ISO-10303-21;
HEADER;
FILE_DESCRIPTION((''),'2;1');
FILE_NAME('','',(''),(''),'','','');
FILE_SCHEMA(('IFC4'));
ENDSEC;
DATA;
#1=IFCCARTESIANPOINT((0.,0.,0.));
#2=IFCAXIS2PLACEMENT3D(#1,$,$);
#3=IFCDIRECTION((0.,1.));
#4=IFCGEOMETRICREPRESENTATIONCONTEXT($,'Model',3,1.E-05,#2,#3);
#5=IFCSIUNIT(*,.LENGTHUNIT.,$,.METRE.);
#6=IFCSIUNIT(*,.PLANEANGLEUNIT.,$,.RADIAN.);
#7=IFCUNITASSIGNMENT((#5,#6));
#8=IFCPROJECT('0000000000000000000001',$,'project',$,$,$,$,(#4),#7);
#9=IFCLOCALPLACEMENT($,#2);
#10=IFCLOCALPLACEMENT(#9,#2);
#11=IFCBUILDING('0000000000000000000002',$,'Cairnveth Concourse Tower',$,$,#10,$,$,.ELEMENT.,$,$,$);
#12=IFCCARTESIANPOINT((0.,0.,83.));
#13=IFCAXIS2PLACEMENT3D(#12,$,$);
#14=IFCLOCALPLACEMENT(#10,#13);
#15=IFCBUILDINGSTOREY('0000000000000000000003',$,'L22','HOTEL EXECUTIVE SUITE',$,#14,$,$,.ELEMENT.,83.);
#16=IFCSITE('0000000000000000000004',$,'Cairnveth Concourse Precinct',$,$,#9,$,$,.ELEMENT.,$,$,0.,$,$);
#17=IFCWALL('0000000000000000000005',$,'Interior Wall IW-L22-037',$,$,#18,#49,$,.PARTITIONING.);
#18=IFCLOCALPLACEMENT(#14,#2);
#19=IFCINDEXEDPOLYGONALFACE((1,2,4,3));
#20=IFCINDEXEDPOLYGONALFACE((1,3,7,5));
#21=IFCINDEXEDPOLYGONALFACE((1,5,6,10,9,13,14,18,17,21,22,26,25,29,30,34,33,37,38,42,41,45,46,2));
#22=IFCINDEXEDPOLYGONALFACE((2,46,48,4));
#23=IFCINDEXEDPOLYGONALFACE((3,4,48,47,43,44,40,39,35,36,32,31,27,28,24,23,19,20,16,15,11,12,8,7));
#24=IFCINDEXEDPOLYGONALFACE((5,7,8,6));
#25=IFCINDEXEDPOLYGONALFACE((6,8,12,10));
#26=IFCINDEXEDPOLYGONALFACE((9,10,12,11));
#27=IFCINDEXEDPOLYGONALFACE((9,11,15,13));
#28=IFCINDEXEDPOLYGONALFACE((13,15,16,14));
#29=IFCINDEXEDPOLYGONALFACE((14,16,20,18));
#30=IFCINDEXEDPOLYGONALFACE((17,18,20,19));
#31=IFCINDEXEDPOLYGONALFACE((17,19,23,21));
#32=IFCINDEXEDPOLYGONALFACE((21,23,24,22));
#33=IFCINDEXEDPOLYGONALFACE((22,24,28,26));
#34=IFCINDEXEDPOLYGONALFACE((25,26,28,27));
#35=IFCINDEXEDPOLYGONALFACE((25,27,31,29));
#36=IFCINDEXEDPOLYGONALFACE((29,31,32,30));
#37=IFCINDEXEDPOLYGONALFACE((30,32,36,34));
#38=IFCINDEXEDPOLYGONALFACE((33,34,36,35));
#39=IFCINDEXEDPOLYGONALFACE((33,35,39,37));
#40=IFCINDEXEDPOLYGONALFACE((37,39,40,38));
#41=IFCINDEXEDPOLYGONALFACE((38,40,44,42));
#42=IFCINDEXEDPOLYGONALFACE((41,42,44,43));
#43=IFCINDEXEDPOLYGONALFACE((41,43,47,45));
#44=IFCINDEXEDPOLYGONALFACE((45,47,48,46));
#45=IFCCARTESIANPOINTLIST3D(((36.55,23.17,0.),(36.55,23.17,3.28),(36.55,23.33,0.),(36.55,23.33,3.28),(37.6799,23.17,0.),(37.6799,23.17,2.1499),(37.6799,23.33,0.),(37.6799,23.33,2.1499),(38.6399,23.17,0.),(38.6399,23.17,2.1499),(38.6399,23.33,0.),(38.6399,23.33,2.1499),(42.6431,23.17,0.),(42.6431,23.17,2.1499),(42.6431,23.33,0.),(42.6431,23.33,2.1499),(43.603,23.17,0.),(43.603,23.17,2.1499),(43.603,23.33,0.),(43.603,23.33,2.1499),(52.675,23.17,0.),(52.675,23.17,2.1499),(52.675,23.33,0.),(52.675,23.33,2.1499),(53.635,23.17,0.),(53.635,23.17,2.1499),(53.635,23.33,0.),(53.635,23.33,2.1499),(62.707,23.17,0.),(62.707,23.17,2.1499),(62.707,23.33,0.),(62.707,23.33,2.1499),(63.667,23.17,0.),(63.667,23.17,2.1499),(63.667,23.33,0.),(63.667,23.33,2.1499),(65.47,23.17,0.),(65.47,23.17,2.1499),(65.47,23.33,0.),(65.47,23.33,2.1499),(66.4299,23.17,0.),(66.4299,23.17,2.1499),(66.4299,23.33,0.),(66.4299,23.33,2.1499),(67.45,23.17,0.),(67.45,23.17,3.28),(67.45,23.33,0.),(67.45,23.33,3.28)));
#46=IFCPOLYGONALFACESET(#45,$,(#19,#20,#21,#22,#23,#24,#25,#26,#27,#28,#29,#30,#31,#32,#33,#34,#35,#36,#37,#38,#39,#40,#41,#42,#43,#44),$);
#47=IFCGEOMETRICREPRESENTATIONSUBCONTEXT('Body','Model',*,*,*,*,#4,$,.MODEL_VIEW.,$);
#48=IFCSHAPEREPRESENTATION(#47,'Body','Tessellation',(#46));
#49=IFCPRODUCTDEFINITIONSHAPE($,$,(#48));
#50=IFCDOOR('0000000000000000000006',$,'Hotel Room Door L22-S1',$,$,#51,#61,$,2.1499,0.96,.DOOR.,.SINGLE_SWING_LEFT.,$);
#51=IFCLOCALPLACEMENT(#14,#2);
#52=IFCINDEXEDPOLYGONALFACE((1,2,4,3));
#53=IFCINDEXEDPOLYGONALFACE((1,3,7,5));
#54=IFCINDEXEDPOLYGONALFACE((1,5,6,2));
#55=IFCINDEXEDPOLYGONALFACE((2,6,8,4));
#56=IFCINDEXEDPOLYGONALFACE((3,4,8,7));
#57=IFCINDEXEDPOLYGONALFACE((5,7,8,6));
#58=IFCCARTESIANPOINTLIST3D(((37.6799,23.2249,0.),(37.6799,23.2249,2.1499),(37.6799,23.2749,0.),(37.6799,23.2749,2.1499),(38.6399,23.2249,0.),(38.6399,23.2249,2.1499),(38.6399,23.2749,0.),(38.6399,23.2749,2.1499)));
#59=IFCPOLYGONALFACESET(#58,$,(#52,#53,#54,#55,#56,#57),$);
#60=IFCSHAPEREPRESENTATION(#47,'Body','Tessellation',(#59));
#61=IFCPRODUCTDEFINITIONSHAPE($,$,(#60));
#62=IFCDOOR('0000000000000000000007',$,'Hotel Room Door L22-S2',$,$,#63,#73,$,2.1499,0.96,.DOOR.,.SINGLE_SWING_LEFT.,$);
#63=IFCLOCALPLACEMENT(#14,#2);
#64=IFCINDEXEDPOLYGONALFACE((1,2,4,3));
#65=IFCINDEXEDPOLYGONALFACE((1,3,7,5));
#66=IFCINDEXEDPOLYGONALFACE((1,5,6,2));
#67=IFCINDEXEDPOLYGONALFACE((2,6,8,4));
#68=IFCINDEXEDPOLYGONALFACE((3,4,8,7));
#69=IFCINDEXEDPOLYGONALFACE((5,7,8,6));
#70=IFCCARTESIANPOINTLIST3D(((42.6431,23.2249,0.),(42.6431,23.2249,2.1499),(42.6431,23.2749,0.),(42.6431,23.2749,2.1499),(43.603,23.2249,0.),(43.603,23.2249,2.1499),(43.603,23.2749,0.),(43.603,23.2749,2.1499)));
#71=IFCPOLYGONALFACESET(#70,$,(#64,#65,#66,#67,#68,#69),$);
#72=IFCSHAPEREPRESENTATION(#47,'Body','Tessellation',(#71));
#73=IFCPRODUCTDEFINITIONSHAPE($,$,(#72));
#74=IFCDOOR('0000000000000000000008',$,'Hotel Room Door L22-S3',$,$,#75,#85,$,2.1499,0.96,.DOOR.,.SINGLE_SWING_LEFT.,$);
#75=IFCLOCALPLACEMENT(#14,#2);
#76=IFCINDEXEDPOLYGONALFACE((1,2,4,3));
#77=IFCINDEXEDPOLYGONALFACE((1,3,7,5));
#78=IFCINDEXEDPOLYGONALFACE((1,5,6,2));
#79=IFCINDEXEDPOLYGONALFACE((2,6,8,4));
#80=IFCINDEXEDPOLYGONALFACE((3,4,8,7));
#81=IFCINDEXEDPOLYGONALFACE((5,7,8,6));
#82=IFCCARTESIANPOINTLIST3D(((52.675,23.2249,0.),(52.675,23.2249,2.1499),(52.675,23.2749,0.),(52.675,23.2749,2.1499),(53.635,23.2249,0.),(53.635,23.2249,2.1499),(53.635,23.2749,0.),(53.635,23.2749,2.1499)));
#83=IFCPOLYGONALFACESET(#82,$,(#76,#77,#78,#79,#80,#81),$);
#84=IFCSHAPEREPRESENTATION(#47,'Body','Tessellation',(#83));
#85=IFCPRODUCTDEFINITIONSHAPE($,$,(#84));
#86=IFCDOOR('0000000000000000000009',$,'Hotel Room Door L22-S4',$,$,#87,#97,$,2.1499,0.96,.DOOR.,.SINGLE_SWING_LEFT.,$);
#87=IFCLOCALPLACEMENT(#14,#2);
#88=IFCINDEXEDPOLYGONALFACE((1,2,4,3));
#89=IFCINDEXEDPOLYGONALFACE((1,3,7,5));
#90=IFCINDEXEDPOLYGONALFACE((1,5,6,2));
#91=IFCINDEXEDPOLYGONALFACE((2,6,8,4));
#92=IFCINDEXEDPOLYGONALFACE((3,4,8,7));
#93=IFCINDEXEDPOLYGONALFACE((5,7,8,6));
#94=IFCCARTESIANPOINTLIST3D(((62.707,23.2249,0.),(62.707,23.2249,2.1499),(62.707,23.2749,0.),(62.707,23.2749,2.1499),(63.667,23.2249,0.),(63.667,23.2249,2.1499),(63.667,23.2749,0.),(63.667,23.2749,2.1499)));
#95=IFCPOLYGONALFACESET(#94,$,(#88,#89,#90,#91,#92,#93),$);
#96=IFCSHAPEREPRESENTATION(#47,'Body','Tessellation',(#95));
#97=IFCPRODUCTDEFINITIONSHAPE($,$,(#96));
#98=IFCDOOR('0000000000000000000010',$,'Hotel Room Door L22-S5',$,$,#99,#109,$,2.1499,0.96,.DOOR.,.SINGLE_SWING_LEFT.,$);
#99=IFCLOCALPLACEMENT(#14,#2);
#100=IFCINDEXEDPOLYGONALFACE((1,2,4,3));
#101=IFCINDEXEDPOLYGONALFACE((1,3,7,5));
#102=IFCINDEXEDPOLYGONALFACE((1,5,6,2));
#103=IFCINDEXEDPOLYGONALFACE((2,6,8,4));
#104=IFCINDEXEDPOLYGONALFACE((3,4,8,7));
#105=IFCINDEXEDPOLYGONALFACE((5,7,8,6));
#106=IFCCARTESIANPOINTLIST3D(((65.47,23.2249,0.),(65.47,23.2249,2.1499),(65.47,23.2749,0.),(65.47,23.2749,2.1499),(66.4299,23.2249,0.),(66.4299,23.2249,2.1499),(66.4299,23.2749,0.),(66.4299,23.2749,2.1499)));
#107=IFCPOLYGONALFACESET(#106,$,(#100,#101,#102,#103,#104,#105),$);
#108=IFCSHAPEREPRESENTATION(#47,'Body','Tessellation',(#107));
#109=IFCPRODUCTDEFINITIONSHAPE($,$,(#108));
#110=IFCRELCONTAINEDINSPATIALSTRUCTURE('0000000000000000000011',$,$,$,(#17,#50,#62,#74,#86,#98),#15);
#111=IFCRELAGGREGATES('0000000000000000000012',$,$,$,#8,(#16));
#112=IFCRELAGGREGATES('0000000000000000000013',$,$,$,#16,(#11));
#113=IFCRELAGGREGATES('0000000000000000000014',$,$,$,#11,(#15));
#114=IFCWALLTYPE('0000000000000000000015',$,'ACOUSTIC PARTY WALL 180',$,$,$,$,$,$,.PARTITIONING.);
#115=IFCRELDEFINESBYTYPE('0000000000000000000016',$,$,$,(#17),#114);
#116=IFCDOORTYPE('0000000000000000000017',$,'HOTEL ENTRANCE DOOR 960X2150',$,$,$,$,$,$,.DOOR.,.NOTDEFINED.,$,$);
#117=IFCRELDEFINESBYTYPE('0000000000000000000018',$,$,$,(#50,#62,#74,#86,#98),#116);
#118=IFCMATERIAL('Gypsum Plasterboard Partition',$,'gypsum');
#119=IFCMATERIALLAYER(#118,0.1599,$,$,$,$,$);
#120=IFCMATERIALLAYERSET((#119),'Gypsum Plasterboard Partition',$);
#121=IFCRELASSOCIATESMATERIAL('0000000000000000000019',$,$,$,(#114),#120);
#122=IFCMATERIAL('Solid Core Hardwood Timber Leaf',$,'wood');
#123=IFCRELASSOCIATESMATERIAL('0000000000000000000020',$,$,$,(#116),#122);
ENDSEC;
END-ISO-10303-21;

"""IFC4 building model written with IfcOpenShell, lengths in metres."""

from ifc_helpers import new_model, si_unit, direction, frame, frame_2d, origin, place, context, subcontext, project, spatial, rectangle, extrude, material, layer, layer_set, type_object, element, fill, save


model = new_model("IFC4")

# Units and contexts
model_context = context("Model", 3, precision=1e-05, world=origin(), true_north=direction((0.0, 1.0)))
body_context = subcontext(model_context, "Body", "Model", "MODEL_VIEW")
ifc_project = project(units=[si_unit("LENGTHUNIT", "METRE"), si_unit("PLANEANGLEUNIT", "RADIAN")], contexts=[model_context])

# Site, building, storey
site_placement = place(None, origin())
site = spatial("IfcSite", under=ifc_project, at=site_placement, Name="Cairnveth Concourse Precinct", CompositionType="ELEMENT", RefElevation=0.0)
building_placement = place(site_placement, origin())
building = spatial("IfcBuilding", under=site, at=building_placement, Name="Cairnveth Concourse Tower", CompositionType="ELEMENT")
storey_placement = place(building_placement, frame((0.0, 0.0, 83.0)))
storey = spatial("IfcBuildingStorey", under=building, at=storey_placement, Name="L22", Description="HOTEL EXECUTIVE SUITE", CompositionType="ELEMENT", Elevation=83.0)

# Wall, openings, doors
ifc_material_1 = material(Name="Gypsum Plasterboard Partition", Category="gypsum")
ifc_layer_1 = layer(ifc_material_1, 0.1599)
ifc_layer_set_1 = layer_set([ifc_layer_1], Name="Gypsum Plasterboard Partition")
wall_type_1 = type_object("IfcWallType", Name="ACOUSTIC PARTY WALL 180", PredefinedType="PARTITIONING", material=ifc_layer_set_1)
wall_1_placement = place(storey_placement, frame((36.55, 23.25, 0.0), z_axis=(0.0, 0.0, 1.0), x_axis=(1.0, 0.0, 0.0)))
wall_1 = element("IfcWall", 1, at=wall_1_placement, inside=storey, type_object=wall_type_1, Name="Interior Wall IW-L22-037", PredefinedType="PARTITIONING", context=body_context, shape_type="SweptSolid", body=[
    extrude(rectangle(XDim=30.8999, YDim=0.1599, at=frame_2d((15.45, 0.0))), origin(), (0.0, 0.0, 1.0), 3.28),
])
opening_1_placement = place(wall_1_placement, frame((1.1299, 0.0, 0.0)))
opening_1 = element("IfcOpeningElement", 2, at=opening_1_placement, cuts=wall_1, PredefinedType="OPENING", context=body_context, shape_type="SweptSolid", body=[
    extrude(rectangle(XDim=0.96, YDim=2.1499, at=frame_2d((0.48, 1.075))), frame((0.0, 0.0898, 0.0), z_axis=(0.0, -1.0, 0.0), x_axis=(1.0, 0.0, 0.0)), (0.0, 0.0, 1.0), 0.1799),
])
opening_2_placement = place(wall_1_placement, frame((6.093, 0.0, 0.0)))
opening_2 = element("IfcOpeningElement", 3, at=opening_2_placement, cuts=wall_1, PredefinedType="OPENING", context=body_context, shape_type="SweptSolid", body=[
    extrude(rectangle(XDim=0.96, YDim=2.1499, at=frame_2d((0.48, 1.075))), frame((0.0, 0.0898, 0.0), z_axis=(0.0, -1.0, 0.0), x_axis=(1.0, 0.0, 0.0)), (0.0, 0.0, 1.0), 0.1799),
])
opening_3_placement = place(wall_1_placement, frame((16.125, 0.0, 0.0)))
opening_3 = element("IfcOpeningElement", 4, at=opening_3_placement, cuts=wall_1, PredefinedType="OPENING", context=body_context, shape_type="SweptSolid", body=[
    extrude(rectangle(XDim=0.96, YDim=2.1499, at=frame_2d((0.48, 1.075))), frame((0.0, 0.0898, 0.0), z_axis=(0.0, -1.0, 0.0), x_axis=(1.0, 0.0, 0.0)), (0.0, 0.0, 1.0), 0.1799),
])
opening_4_placement = place(wall_1_placement, frame((26.157, 0.0, 0.0)))
opening_4 = element("IfcOpeningElement", 5, at=opening_4_placement, cuts=wall_1, PredefinedType="OPENING", context=body_context, shape_type="SweptSolid", body=[
    extrude(rectangle(XDim=0.96, YDim=2.1499, at=frame_2d((0.48, 1.075))), frame((0.0, 0.0898, 0.0), z_axis=(0.0, -1.0, 0.0), x_axis=(1.0, 0.0, 0.0)), (0.0, 0.0, 1.0), 0.1799),
])
opening_5_placement = place(wall_1_placement, frame((28.9199, 0.0, 0.0)))
opening_5 = element("IfcOpeningElement", 6, at=opening_5_placement, cuts=wall_1, PredefinedType="OPENING", context=body_context, shape_type="SweptSolid", body=[
    extrude(rectangle(XDim=0.96, YDim=2.1499, at=frame_2d((0.48, 1.075))), frame((0.0, 0.0898, 0.0), z_axis=(0.0, -1.0, 0.0), x_axis=(1.0, 0.0, 0.0)), (0.0, 0.0, 1.0), 0.1799),
])
ifc_material_2 = material(Name="Solid Core Hardwood Timber Leaf", Category="wood")
door_type_1 = type_object("IfcDoorType", Name="HOTEL ENTRANCE DOOR 960X2150", OperationType="NOTDEFINED", PredefinedType="DOOR", material=ifc_material_2)
door_1_placement = place(opening_1_placement, origin())
door_1 = element("IfcDoor", 7, at=door_1_placement, inside=storey, type_object=door_type_1, Name="Hotel Room Door L22-S1", OperationType="SINGLE_SWING_LEFT", OverallHeight=2.1499, OverallWidth=0.96, PredefinedType="DOOR", context=body_context, shape_type="SweptSolid", body=[
    extrude(rectangle(XDim=0.96, YDim=2.1499, at=frame_2d((0.48, 1.075))), frame((0.0, 0.0249, 0.0), z_axis=(0.0, -1.0, 0.0), x_axis=(1.0, 0.0, 0.0)), (0.0, 0.0, 1.0), 0.05),
])
fill(opening_1, door_1)
door_2_placement = place(opening_2_placement, origin())
door_2 = element("IfcDoor", 8, at=door_2_placement, inside=storey, type_object=door_type_1, Name="Hotel Room Door L22-S2", OperationType="SINGLE_SWING_LEFT", OverallHeight=2.1499, OverallWidth=0.96, PredefinedType="DOOR", context=body_context, shape_type="SweptSolid", body=[
    extrude(rectangle(XDim=0.96, YDim=2.1499, at=frame_2d((0.48, 1.075))), frame((0.0, 0.0249, 0.0), z_axis=(0.0, -1.0, 0.0), x_axis=(1.0, 0.0, 0.0)), (0.0, 0.0, 1.0), 0.05),
])
fill(opening_2, door_2)
door_3_placement = place(opening_3_placement, origin())
door_3 = element("IfcDoor", 9, at=door_3_placement, inside=storey, type_object=door_type_1, Name="Hotel Room Door L22-S3", OperationType="SINGLE_SWING_LEFT", OverallHeight=2.1499, OverallWidth=0.96, PredefinedType="DOOR", context=body_context, shape_type="SweptSolid", body=[
    extrude(rectangle(XDim=0.96, YDim=2.1499, at=frame_2d((0.48, 1.075))), frame((0.0, 0.0249, 0.0), z_axis=(0.0, -1.0, 0.0), x_axis=(1.0, 0.0, 0.0)), (0.0, 0.0, 1.0), 0.05),
])
fill(opening_3, door_3)
door_4_placement = place(opening_4_placement, origin())
door_4 = element("IfcDoor", 10, at=door_4_placement, inside=storey, type_object=door_type_1, Name="Hotel Room Door L22-S4", OperationType="SINGLE_SWING_LEFT", OverallHeight=2.1499, OverallWidth=0.96, PredefinedType="DOOR", context=body_context, shape_type="SweptSolid", body=[
    extrude(rectangle(XDim=0.96, YDim=2.1499, at=frame_2d((0.48, 1.075))), frame((0.0, 0.0249, 0.0), z_axis=(0.0, -1.0, 0.0), x_axis=(1.0, 0.0, 0.0)), (0.0, 0.0, 1.0), 0.05),
])
fill(opening_4, door_4)
door_5_placement = place(opening_5_placement, origin())
door_5 = element("IfcDoor", 11, at=door_5_placement, inside=storey, type_object=door_type_1, Name="Hotel Room Door L22-S5", OperationType="SINGLE_SWING_LEFT", OverallHeight=2.1499, OverallWidth=0.96, PredefinedType="DOOR", context=body_context, shape_type="SweptSolid", body=[
    extrude(rectangle(XDim=0.96, YDim=2.1499, at=frame_2d((0.48, 1.075))), frame((0.0, 0.0249, 0.0), z_axis=(0.0, -1.0, 0.0), x_axis=(1.0, 0.0, 0.0)), (0.0, 0.0, 1.0), 0.05),
])
fill(opening_5, door_5)

save(model, "model.ifc")
